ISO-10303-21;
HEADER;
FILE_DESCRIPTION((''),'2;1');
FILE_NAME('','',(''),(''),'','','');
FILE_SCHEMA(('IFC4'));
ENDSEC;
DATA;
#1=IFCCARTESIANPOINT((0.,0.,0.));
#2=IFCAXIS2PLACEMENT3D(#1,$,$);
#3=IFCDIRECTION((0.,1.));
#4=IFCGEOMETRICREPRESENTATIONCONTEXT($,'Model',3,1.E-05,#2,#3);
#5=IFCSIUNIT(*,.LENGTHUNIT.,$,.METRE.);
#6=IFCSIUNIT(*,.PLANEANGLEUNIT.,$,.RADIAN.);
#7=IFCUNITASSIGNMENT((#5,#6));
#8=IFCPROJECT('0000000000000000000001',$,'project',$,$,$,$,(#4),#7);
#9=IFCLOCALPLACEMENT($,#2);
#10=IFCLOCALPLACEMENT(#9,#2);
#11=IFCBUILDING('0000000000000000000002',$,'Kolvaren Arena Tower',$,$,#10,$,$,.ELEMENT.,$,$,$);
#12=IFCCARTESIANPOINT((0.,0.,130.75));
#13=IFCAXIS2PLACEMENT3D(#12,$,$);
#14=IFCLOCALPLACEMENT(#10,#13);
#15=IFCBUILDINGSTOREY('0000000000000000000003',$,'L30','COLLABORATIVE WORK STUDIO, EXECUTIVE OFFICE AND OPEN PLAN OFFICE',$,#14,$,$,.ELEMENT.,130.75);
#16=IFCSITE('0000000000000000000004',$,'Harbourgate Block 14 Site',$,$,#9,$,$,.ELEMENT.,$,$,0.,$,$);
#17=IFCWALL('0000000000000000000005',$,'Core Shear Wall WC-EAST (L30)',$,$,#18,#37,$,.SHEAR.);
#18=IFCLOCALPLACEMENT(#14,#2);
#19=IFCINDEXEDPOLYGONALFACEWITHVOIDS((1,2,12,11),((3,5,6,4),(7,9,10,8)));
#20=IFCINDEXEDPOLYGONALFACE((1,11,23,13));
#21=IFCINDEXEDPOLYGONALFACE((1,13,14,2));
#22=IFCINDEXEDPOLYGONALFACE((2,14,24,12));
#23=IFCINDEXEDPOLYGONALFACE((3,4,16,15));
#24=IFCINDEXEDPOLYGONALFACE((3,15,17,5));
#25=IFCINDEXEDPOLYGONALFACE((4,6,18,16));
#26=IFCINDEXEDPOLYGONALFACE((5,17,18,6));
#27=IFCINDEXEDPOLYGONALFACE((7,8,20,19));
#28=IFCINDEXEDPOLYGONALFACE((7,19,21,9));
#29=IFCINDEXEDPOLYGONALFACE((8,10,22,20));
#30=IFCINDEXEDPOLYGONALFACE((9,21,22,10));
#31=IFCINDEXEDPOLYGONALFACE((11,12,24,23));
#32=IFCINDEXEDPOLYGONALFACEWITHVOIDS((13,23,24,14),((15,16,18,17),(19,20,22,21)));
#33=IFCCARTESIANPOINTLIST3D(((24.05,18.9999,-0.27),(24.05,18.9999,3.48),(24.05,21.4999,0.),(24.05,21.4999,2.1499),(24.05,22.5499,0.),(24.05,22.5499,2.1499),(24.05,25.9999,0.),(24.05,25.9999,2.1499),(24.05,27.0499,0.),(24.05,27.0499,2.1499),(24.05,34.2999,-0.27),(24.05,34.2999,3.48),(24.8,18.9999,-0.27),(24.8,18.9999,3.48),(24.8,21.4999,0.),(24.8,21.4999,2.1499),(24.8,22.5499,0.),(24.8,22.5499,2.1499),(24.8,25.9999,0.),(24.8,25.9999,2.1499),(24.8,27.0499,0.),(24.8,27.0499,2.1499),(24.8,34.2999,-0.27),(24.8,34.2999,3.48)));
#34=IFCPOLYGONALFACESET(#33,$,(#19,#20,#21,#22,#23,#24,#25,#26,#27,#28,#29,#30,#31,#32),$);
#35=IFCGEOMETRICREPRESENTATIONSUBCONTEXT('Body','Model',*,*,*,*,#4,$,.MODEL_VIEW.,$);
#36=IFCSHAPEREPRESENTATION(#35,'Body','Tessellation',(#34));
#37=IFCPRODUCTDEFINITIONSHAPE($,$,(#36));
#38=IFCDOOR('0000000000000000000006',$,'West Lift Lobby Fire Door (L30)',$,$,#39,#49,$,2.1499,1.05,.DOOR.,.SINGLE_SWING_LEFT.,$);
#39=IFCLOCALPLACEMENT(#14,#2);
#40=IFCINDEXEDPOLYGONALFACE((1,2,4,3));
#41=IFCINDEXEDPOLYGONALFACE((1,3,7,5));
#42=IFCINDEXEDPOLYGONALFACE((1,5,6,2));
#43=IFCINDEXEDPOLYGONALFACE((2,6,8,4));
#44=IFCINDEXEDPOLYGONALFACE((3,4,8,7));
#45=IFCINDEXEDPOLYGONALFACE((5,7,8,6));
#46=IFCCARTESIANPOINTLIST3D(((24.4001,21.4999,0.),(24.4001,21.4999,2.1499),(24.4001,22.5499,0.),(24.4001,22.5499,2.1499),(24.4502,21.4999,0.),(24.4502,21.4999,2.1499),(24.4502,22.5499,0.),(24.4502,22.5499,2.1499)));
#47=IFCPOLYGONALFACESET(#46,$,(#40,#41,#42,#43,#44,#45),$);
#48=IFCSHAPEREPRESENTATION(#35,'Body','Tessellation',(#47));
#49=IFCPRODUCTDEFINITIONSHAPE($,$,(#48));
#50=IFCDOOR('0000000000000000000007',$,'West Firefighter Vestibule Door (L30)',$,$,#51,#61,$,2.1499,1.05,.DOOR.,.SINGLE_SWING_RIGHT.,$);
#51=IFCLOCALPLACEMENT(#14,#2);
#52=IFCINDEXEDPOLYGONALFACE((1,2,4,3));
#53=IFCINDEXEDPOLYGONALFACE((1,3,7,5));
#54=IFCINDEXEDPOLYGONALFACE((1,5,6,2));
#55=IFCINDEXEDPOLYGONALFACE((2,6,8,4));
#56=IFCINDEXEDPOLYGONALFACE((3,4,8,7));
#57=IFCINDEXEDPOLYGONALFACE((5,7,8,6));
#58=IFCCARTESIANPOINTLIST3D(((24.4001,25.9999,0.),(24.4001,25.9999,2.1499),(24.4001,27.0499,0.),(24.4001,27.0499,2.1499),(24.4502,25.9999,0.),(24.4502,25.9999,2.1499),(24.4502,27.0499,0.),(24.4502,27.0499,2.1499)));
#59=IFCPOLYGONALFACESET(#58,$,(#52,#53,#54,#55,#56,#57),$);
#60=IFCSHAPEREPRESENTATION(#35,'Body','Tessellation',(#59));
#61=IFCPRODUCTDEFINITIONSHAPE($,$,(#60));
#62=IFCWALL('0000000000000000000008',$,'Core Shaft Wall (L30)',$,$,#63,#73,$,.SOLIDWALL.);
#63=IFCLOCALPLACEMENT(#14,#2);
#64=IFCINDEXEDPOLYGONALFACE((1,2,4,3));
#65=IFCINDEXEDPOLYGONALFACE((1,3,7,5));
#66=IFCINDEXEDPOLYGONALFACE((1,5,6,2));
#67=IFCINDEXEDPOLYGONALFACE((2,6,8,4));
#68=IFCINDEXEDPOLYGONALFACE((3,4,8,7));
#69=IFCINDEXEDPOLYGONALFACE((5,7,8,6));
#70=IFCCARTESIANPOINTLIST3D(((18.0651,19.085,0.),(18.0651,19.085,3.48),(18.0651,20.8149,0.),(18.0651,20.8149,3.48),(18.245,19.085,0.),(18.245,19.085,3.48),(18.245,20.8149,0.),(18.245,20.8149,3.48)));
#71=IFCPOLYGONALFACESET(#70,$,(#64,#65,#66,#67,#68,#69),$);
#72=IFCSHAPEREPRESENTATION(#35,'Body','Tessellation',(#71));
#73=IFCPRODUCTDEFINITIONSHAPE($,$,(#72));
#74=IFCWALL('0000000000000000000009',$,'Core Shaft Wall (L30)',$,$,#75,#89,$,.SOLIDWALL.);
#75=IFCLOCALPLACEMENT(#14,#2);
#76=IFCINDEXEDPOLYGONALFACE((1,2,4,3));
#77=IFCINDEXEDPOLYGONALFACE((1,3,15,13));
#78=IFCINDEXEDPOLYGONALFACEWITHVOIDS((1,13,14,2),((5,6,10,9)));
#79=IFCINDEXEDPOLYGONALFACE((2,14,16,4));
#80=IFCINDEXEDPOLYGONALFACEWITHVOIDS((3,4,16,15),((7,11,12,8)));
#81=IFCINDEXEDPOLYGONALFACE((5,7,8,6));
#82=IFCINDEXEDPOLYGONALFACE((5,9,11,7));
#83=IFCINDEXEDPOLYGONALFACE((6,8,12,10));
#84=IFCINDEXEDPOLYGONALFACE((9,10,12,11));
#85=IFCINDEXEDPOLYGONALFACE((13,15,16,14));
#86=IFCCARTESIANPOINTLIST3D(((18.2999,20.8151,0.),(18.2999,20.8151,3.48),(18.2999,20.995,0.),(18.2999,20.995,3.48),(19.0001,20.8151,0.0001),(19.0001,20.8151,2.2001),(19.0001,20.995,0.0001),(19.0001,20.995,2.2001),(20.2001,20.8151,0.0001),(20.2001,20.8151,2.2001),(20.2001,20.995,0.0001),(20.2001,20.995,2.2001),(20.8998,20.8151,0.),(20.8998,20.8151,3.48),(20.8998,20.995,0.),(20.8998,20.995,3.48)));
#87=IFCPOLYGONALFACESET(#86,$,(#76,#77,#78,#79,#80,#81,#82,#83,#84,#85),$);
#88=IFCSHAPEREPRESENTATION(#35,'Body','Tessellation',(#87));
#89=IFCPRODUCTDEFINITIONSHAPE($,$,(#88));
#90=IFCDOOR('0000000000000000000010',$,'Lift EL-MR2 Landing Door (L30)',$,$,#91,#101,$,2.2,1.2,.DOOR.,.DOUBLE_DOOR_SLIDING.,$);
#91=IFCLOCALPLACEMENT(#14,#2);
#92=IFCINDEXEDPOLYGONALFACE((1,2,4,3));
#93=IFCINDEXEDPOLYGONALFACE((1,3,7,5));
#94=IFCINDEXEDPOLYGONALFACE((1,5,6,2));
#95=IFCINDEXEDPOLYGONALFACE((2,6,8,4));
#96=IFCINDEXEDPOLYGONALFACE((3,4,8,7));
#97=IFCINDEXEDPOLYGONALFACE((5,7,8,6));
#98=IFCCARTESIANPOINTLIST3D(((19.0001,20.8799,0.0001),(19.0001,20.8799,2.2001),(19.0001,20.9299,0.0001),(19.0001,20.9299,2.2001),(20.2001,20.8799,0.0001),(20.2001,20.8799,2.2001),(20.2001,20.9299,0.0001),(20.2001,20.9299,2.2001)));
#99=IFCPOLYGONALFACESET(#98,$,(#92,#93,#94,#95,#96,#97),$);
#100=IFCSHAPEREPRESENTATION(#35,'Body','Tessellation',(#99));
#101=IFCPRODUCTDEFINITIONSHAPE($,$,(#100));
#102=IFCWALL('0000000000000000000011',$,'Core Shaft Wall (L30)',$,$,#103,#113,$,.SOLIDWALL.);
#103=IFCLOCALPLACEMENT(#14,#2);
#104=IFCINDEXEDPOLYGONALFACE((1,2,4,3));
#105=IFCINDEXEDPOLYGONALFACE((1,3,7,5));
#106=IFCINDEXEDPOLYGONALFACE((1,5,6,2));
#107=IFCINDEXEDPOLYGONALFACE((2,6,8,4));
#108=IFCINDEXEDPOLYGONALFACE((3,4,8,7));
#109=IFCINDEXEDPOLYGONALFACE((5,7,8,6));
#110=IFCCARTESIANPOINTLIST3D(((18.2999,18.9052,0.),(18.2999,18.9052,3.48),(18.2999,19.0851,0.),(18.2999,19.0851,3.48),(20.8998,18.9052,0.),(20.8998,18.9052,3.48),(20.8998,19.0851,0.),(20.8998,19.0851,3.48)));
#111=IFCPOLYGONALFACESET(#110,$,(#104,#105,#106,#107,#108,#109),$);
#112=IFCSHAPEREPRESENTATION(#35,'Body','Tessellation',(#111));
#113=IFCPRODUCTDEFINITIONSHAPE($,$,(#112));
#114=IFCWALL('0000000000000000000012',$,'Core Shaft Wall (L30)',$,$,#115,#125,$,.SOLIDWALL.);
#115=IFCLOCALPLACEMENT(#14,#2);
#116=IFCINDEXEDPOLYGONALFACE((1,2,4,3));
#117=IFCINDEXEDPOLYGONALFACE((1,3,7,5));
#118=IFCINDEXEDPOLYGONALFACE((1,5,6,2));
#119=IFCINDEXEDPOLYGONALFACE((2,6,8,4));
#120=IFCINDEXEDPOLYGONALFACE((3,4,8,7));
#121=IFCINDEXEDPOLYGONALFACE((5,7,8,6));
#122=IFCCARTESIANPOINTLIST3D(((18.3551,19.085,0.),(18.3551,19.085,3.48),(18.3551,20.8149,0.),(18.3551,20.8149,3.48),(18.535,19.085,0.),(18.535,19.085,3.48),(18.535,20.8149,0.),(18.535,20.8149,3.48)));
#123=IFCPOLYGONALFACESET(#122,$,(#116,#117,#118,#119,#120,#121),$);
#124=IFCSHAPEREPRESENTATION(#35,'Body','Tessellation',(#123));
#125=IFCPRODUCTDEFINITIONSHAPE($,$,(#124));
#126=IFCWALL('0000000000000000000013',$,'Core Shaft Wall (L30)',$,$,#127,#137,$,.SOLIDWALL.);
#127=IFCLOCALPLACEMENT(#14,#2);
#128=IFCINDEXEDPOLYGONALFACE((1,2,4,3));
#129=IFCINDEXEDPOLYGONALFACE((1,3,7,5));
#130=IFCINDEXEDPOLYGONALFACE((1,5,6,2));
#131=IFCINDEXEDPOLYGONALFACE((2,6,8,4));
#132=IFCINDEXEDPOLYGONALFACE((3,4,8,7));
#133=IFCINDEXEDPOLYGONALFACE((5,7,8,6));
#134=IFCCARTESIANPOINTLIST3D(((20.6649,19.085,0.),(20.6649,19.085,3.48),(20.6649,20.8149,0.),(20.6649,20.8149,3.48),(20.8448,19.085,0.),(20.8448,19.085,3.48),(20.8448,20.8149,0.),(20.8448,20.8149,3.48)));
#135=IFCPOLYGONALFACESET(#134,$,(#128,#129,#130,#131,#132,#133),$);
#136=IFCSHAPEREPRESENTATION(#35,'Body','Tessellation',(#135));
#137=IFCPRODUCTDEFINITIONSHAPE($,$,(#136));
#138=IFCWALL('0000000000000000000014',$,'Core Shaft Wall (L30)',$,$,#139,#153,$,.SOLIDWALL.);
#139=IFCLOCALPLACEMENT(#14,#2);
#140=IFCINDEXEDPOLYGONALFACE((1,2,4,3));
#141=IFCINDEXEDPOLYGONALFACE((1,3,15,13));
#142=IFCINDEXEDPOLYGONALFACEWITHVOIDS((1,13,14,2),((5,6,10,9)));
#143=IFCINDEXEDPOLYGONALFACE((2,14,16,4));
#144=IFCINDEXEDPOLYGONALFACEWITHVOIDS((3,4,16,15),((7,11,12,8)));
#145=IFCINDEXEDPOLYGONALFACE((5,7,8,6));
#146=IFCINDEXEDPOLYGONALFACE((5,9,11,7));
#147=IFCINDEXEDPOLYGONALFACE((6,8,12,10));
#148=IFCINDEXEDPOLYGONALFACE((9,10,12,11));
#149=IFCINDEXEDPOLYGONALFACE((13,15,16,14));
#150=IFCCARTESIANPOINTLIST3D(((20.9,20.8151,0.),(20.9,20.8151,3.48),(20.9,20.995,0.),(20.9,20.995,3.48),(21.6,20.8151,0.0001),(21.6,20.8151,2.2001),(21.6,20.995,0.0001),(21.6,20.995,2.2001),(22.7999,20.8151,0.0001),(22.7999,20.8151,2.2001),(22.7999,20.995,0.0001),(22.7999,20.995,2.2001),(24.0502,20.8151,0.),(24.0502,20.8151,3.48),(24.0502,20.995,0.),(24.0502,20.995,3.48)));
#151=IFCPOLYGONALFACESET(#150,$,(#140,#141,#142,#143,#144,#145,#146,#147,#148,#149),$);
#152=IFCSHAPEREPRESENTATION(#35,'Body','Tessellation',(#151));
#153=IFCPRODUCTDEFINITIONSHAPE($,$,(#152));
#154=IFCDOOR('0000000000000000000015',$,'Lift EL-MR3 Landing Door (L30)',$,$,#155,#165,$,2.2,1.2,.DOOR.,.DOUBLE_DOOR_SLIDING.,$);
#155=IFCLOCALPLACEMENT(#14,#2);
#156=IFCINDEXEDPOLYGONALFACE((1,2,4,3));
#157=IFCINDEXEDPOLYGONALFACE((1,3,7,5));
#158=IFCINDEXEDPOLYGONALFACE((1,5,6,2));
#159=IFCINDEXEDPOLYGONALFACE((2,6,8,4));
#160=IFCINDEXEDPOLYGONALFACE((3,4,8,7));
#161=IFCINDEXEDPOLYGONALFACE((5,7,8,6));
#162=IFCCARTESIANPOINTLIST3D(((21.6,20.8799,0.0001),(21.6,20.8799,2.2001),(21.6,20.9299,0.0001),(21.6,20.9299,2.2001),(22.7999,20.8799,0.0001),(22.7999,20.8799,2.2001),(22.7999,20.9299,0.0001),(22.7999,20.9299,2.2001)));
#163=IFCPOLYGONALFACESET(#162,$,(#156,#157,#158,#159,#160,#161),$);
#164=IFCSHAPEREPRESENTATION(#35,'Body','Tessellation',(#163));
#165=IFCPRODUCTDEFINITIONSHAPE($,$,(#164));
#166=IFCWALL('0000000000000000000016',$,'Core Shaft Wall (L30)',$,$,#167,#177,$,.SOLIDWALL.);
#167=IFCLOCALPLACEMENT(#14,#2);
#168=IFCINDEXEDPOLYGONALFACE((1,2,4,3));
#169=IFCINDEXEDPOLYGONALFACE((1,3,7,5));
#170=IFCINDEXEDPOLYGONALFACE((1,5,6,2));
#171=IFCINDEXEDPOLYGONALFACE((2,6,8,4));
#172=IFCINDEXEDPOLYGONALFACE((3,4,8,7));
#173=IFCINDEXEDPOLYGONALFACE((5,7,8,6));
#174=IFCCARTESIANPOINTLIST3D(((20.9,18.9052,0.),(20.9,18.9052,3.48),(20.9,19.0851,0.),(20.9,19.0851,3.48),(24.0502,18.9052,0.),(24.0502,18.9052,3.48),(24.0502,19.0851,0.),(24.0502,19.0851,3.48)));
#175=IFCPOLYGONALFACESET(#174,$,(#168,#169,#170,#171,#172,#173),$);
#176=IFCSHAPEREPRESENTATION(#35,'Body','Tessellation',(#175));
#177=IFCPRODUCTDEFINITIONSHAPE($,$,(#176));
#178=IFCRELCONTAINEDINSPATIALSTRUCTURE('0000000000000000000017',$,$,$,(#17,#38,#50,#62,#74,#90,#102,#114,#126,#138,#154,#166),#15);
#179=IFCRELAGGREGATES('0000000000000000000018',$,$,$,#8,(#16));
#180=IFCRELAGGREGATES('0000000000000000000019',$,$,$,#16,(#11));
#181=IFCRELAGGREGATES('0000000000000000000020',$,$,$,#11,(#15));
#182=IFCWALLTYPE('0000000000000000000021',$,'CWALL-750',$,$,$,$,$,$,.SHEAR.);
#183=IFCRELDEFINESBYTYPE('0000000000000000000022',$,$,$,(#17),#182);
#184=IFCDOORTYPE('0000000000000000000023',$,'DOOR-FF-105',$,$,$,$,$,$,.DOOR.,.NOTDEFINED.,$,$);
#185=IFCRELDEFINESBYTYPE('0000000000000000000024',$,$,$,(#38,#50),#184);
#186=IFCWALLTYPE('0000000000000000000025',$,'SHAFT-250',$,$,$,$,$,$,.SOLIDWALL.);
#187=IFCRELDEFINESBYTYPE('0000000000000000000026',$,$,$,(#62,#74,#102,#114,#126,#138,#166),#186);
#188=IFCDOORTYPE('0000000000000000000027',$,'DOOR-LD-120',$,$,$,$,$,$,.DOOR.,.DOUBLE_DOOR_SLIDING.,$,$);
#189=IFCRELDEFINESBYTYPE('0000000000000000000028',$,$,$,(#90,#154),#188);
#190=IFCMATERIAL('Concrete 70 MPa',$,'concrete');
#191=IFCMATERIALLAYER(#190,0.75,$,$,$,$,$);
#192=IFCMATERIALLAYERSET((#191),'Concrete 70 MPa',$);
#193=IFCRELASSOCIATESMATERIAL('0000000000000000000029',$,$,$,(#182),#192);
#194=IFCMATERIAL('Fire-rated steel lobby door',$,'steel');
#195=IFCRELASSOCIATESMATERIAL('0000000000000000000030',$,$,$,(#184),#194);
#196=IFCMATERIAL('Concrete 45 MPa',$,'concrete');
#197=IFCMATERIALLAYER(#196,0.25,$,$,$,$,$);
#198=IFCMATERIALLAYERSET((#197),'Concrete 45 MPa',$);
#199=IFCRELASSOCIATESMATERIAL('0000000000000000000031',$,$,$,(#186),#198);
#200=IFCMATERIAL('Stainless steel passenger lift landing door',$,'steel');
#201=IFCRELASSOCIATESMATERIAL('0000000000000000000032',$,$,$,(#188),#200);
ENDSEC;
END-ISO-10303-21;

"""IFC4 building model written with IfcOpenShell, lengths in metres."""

from ifc_helpers import new_model, si_unit, direction, frame, frame_2d, origin, place, context, subcontext, project, spatial, rectangle, extrude, material, layer, layer_set, type_object, element, fill, save


model = new_model("IFC4")

# Units and contexts
model_context = context("Model", 3, precision=1e-05, world=origin(), true_north=direction((0.0, 1.0)))
body_context = subcontext(model_context, "Body", "Model", "MODEL_VIEW")
ifc_project = project(units=[si_unit("LENGTHUNIT", "METRE"), si_unit("PLANEANGLEUNIT", "RADIAN")], contexts=[model_context])

# Site, building, storey
site_placement = place(None, origin())
site = spatial("IfcSite", under=ifc_project, at=site_placement, Name="Harbourgate Block 14 Site", CompositionType="ELEMENT", RefElevation=0.0)
building_placement = place(site_placement, origin())
building = spatial("IfcBuilding", under=site, at=building_placement, Name="Kolvaren Arena Tower", CompositionType="ELEMENT")
storey_placement = place(building_placement, frame((0.0, 0.0, 130.75)))
storey = spatial("IfcBuildingStorey", under=building, at=storey_placement, Name="L30", Description="COLLABORATIVE WORK STUDIO, EXECUTIVE OFFICE AND OPEN PLAN OFFICE", CompositionType="ELEMENT", Elevation=130.75)

# Wall, openings, doors
ifc_material_1 = material(Name="Concrete 70 MPa", Category="concrete")
ifc_layer_1 = layer(ifc_material_1, 0.75)
ifc_layer_set_1 = layer_set([ifc_layer_1], Name="Concrete 70 MPa")
wall_type_1 = type_object("IfcWallType", Name="CWALL-750", PredefinedType="SHEAR", material=ifc_layer_set_1)
wall_1_placement = place(storey_placement, frame((24.425, 19.0, -0.27), z_axis=(0.0, 0.0, 1.0), x_axis=(0.0, 1.0, 0.0)))
wall_1 = element("IfcWall", 1, at=wall_1_placement, inside=storey, type_object=wall_type_1, Name="Core Shear Wall WC-EAST (L30)", PredefinedType="SHEAR", context=body_context, shape_type="SweptSolid", body=[
    extrude(rectangle(XDim=15.3, YDim=0.75, at=frame_2d((7.6499, 0.0))), origin(), (0.0, 0.0, 1.0), 3.75),
])
opening_1_placement = place(wall_1_placement, frame((2.5, 0.0, 0.27)))
opening_1 = element("IfcOpeningElement", 2, at=opening_1_placement, cuts=wall_1, PredefinedType="OPENING", context=body_context, shape_type="SweptSolid", body=[
    extrude(rectangle(XDim=1.05, YDim=2.1499, at=frame_2d((0.5249, 1.075))), frame((0.0, 0.385, 0.0), z_axis=(0.0, -1.0, 0.0), x_axis=(1.0, 0.0, 0.0)), (0.0, 0.0, 1.0), 0.77),
])
opening_2_placement = place(wall_1_placement, frame((7.0, 0.0, 0.27)))
opening_2 = element("IfcOpeningElement", 3, at=opening_2_placement, cuts=wall_1, PredefinedType="OPENING", context=body_context, shape_type="SweptSolid", body=[
    extrude(rectangle(XDim=1.05, YDim=2.1499, at=frame_2d((0.5249, 1.075))), frame((0.0, 0.385, 0.0), z_axis=(0.0, -1.0, 0.0), x_axis=(1.0, 0.0, 0.0)), (0.0, 0.0, 1.0), 0.77),
])
ifc_material_2 = material(Name="Fire-rated steel lobby door", Category="steel")
door_type_1 = type_object("IfcDoorType", Name="DOOR-FF-105", OperationType="NOTDEFINED", PredefinedType="DOOR", material=ifc_material_2)
door_1_placement = place(opening_1_placement, origin())
door_1 = element("IfcDoor", 4, at=door_1_placement, inside=storey, type_object=door_type_1, Name="West Lift Lobby Fire Door (L30)", OperationType="SINGLE_SWING_LEFT", OverallHeight=2.1499, OverallWidth=1.05, PredefinedType="DOOR", context=body_context, shape_type="SweptSolid", body=[
    extrude(rectangle(XDim=1.05, YDim=2.1499, at=frame_2d((0.5249, 1.075))), frame((0.0, 0.0249, 0.0), z_axis=(0.0, -1.0, 0.0), x_axis=(1.0, 0.0, 0.0)), (0.0, 0.0, 1.0), 0.05),
])
fill(opening_1, door_1)
door_2_placement = place(opening_2_placement, origin())
door_2 = element("IfcDoor", 5, at=door_2_placement, inside=storey, type_object=door_type_1, Name="West Firefighter Vestibule Door (L30)", OperationType="SINGLE_SWING_RIGHT", OverallHeight=2.1499, OverallWidth=1.05, PredefinedType="DOOR", context=body_context, shape_type="SweptSolid", body=[
    extrude(rectangle(XDim=1.05, YDim=2.1499, at=frame_2d((0.5249, 1.075))), frame((0.0, 0.0249, 0.0), z_axis=(0.0, -1.0, 0.0), x_axis=(1.0, 0.0, 0.0)), (0.0, 0.0, 1.0), 0.05),
])
fill(opening_2, door_2)

# Wall
ifc_material_3 = material(Name="Concrete 45 MPa", Category="concrete")
ifc_layer_2 = layer(ifc_material_3, 0.25)
ifc_layer_set_2 = layer_set([ifc_layer_2], Name="Concrete 45 MPa")
wall_type_2 = type_object("IfcWallType", Name="SHAFT-250", PredefinedType="SOLIDWALL", material=ifc_layer_set_2)
wall_2_placement = place(storey_placement, frame((18.155, 19.085, 0.0), z_axis=(0.0, 0.0, 1.0), x_axis=(0.0, 1.0, 0.0)))
element("IfcWall", 6, at=wall_2_placement, inside=storey, type_object=wall_type_2, Name="Core Shaft Wall (L30)", PredefinedType="SOLIDWALL", context=body_context, shape_type="SweptSolid", body=[
    extrude(rectangle(XDim=1.73, YDim=0.1799, at=frame_2d((0.865, 0.0))), origin(), (0.0, 0.0, 1.0), 3.48),
])

# Wall, opening, door
wall_3_placement = place(storey_placement, frame((18.3, 20.905, 0.0), z_axis=(0.0, 0.0, 1.0), x_axis=(1.0, 0.0, 0.0)))
wall_3 = element("IfcWall", 7, at=wall_3_placement, inside=storey, type_object=wall_type_2, Name="Core Shaft Wall (L30)", PredefinedType="SOLIDWALL", context=body_context, shape_type="SweptSolid", body=[
    extrude(rectangle(XDim=2.5999, YDim=0.1799, at=frame_2d((1.2998, 0.0))), origin(), (0.0, 0.0, 1.0), 3.48),
])
opening_3_placement = place(wall_3_placement, frame((0.7, 0.0, 0.0)))
opening_3 = element("IfcOpeningElement", 8, at=opening_3_placement, cuts=wall_3, PredefinedType="OPENING", context=body_context, shape_type="SweptSolid", body=[
    extrude(rectangle(XDim=1.2, YDim=2.2, at=frame_2d((0.6001, 1.1001))), frame((0.0, 0.0999, 0.0), z_axis=(0.0, -1.0, 0.0), x_axis=(1.0, 0.0, 0.0)), (0.0, 0.0, 1.0), 0.2),
])
ifc_material_4 = material(Name="Stainless steel passenger lift landing door", Category="steel")
door_type_2 = type_object("IfcDoorType", Name="DOOR-LD-120", OperationType="DOUBLE_DOOR_SLIDING", PredefinedType="DOOR", material=ifc_material_4)
door_3_placement = place(opening_3_placement, origin())
door_3 = element("IfcDoor", 9, at=door_3_placement, inside=storey, type_object=door_type_2, Name="Lift EL-MR2 Landing Door (L30)", OperationType="DOUBLE_DOOR_SLIDING", OverallHeight=2.2, OverallWidth=1.2, PredefinedType="DOOR", context=body_context, shape_type="SweptSolid", body=[
    extrude(rectangle(XDim=1.2, YDim=2.2, at=frame_2d((0.6001, 1.1001))), frame((0.0, 0.0249, 0.0), z_axis=(0.0, -1.0, 0.0), x_axis=(1.0, 0.0, 0.0)), (0.0, 0.0, 1.0), 0.05),
])
fill(opening_3, door_3)

# Walls
wall_4_placement = place(storey_placement, frame((18.3, 18.9951, 0.0), z_axis=(0.0, 0.0, 1.0), x_axis=(1.0, 0.0, 0.0)))
element("IfcWall", 10, at=wall_4_placement, inside=storey, type_object=wall_type_2, Name="Core Shaft Wall (L30)", PredefinedType="SOLIDWALL", context=body_context, shape_type="SweptSolid", body=[
    extrude(rectangle(XDim=2.5999, YDim=0.1799, at=frame_2d((1.2998, 0.0))), origin(), (0.0, 0.0, 1.0), 3.48),
])
for number, where, z_axis, x_axis, name in (
    (11, (18.4451, 19.085, 0.0), (0.0, 0.0, 1.0), (0.0, 1.0, 0.0), "Core Shaft Wall (L30)"),
    (12, (20.7549, 19.085, 0.0), (0.0, 0.0, 1.0), (0.0, 1.0, 0.0), "Core Shaft Wall (L30)"),
):
    element("IfcWall", number, at=place(storey_placement, frame(where, z_axis=z_axis, x_axis=x_axis)), inside=storey, type_object=wall_type_2, Name=name, PredefinedType="SOLIDWALL", context=body_context, shape_type="SweptSolid", body=[
        extrude(rectangle(XDim=1.73, YDim=0.1799, at=frame_2d((0.865, 0.0))), origin(), (0.0, 0.0, 1.0), 3.48),
    ])

# Wall, opening, door
wall_5_placement = place(storey_placement, frame((20.8999, 20.905, 0.0), z_axis=(0.0, 0.0, 1.0), x_axis=(1.0, 0.0, 0.0)))
wall_5 = element("IfcWall", 13, at=wall_5_placement, inside=storey, type_object=wall_type_2, Name="Core Shaft Wall (L30)", PredefinedType="SOLIDWALL", context=body_context, shape_type="SweptSolid", body=[
    extrude(rectangle(XDim=3.1501, YDim=0.1799, at=frame_2d((1.5752, 0.0))), origin(), (0.0, 0.0, 1.0), 3.48),
])
opening_4_placement = place(wall_5_placement, frame((0.7, 0.0, 0.0)))
opening_4 = element("IfcOpeningElement", 14, at=opening_4_placement, cuts=wall_5, PredefinedType="OPENING", context=body_context, shape_type="SweptSolid", body=[
    extrude(rectangle(XDim=1.2, YDim=2.2, at=frame_2d((0.6001, 1.1001))), frame((0.0, 0.0999, 0.0), z_axis=(0.0, -1.0, 0.0), x_axis=(1.0, 0.0, 0.0)), (0.0, 0.0, 1.0), 0.2),
])
door_4_placement = place(opening_4_placement, origin())
door_4 = element("IfcDoor", 15, at=door_4_placement, inside=storey, type_object=door_type_2, Name="Lift EL-MR3 Landing Door (L30)", OperationType="DOUBLE_DOOR_SLIDING", OverallHeight=2.2, OverallWidth=1.2, PredefinedType="DOOR", context=body_context, shape_type="SweptSolid", body=[
    extrude(rectangle(XDim=1.2, YDim=2.2, at=frame_2d((0.6001, 1.1001))), frame((0.0, 0.0249, 0.0), z_axis=(0.0, -1.0, 0.0), x_axis=(1.0, 0.0, 0.0)), (0.0, 0.0, 1.0), 0.05),
])
fill(opening_4, door_4)

# Wall
wall_6_placement = place(storey_placement, frame((20.8999, 18.9951, 0.0), z_axis=(0.0, 0.0, 1.0), x_axis=(1.0, 0.0, 0.0)))
element("IfcWall", 16, at=wall_6_placement, inside=storey, type_object=wall_type_2, Name="Core Shaft Wall (L30)", PredefinedType="SOLIDWALL", context=body_context, shape_type="SweptSolid", body=[
    extrude(rectangle(XDim=3.1501, YDim=0.1799, at=frame_2d((1.5752, 0.0))), origin(), (0.0, 0.0, 1.0), 3.48),
])

save(model, "model.ifc")
